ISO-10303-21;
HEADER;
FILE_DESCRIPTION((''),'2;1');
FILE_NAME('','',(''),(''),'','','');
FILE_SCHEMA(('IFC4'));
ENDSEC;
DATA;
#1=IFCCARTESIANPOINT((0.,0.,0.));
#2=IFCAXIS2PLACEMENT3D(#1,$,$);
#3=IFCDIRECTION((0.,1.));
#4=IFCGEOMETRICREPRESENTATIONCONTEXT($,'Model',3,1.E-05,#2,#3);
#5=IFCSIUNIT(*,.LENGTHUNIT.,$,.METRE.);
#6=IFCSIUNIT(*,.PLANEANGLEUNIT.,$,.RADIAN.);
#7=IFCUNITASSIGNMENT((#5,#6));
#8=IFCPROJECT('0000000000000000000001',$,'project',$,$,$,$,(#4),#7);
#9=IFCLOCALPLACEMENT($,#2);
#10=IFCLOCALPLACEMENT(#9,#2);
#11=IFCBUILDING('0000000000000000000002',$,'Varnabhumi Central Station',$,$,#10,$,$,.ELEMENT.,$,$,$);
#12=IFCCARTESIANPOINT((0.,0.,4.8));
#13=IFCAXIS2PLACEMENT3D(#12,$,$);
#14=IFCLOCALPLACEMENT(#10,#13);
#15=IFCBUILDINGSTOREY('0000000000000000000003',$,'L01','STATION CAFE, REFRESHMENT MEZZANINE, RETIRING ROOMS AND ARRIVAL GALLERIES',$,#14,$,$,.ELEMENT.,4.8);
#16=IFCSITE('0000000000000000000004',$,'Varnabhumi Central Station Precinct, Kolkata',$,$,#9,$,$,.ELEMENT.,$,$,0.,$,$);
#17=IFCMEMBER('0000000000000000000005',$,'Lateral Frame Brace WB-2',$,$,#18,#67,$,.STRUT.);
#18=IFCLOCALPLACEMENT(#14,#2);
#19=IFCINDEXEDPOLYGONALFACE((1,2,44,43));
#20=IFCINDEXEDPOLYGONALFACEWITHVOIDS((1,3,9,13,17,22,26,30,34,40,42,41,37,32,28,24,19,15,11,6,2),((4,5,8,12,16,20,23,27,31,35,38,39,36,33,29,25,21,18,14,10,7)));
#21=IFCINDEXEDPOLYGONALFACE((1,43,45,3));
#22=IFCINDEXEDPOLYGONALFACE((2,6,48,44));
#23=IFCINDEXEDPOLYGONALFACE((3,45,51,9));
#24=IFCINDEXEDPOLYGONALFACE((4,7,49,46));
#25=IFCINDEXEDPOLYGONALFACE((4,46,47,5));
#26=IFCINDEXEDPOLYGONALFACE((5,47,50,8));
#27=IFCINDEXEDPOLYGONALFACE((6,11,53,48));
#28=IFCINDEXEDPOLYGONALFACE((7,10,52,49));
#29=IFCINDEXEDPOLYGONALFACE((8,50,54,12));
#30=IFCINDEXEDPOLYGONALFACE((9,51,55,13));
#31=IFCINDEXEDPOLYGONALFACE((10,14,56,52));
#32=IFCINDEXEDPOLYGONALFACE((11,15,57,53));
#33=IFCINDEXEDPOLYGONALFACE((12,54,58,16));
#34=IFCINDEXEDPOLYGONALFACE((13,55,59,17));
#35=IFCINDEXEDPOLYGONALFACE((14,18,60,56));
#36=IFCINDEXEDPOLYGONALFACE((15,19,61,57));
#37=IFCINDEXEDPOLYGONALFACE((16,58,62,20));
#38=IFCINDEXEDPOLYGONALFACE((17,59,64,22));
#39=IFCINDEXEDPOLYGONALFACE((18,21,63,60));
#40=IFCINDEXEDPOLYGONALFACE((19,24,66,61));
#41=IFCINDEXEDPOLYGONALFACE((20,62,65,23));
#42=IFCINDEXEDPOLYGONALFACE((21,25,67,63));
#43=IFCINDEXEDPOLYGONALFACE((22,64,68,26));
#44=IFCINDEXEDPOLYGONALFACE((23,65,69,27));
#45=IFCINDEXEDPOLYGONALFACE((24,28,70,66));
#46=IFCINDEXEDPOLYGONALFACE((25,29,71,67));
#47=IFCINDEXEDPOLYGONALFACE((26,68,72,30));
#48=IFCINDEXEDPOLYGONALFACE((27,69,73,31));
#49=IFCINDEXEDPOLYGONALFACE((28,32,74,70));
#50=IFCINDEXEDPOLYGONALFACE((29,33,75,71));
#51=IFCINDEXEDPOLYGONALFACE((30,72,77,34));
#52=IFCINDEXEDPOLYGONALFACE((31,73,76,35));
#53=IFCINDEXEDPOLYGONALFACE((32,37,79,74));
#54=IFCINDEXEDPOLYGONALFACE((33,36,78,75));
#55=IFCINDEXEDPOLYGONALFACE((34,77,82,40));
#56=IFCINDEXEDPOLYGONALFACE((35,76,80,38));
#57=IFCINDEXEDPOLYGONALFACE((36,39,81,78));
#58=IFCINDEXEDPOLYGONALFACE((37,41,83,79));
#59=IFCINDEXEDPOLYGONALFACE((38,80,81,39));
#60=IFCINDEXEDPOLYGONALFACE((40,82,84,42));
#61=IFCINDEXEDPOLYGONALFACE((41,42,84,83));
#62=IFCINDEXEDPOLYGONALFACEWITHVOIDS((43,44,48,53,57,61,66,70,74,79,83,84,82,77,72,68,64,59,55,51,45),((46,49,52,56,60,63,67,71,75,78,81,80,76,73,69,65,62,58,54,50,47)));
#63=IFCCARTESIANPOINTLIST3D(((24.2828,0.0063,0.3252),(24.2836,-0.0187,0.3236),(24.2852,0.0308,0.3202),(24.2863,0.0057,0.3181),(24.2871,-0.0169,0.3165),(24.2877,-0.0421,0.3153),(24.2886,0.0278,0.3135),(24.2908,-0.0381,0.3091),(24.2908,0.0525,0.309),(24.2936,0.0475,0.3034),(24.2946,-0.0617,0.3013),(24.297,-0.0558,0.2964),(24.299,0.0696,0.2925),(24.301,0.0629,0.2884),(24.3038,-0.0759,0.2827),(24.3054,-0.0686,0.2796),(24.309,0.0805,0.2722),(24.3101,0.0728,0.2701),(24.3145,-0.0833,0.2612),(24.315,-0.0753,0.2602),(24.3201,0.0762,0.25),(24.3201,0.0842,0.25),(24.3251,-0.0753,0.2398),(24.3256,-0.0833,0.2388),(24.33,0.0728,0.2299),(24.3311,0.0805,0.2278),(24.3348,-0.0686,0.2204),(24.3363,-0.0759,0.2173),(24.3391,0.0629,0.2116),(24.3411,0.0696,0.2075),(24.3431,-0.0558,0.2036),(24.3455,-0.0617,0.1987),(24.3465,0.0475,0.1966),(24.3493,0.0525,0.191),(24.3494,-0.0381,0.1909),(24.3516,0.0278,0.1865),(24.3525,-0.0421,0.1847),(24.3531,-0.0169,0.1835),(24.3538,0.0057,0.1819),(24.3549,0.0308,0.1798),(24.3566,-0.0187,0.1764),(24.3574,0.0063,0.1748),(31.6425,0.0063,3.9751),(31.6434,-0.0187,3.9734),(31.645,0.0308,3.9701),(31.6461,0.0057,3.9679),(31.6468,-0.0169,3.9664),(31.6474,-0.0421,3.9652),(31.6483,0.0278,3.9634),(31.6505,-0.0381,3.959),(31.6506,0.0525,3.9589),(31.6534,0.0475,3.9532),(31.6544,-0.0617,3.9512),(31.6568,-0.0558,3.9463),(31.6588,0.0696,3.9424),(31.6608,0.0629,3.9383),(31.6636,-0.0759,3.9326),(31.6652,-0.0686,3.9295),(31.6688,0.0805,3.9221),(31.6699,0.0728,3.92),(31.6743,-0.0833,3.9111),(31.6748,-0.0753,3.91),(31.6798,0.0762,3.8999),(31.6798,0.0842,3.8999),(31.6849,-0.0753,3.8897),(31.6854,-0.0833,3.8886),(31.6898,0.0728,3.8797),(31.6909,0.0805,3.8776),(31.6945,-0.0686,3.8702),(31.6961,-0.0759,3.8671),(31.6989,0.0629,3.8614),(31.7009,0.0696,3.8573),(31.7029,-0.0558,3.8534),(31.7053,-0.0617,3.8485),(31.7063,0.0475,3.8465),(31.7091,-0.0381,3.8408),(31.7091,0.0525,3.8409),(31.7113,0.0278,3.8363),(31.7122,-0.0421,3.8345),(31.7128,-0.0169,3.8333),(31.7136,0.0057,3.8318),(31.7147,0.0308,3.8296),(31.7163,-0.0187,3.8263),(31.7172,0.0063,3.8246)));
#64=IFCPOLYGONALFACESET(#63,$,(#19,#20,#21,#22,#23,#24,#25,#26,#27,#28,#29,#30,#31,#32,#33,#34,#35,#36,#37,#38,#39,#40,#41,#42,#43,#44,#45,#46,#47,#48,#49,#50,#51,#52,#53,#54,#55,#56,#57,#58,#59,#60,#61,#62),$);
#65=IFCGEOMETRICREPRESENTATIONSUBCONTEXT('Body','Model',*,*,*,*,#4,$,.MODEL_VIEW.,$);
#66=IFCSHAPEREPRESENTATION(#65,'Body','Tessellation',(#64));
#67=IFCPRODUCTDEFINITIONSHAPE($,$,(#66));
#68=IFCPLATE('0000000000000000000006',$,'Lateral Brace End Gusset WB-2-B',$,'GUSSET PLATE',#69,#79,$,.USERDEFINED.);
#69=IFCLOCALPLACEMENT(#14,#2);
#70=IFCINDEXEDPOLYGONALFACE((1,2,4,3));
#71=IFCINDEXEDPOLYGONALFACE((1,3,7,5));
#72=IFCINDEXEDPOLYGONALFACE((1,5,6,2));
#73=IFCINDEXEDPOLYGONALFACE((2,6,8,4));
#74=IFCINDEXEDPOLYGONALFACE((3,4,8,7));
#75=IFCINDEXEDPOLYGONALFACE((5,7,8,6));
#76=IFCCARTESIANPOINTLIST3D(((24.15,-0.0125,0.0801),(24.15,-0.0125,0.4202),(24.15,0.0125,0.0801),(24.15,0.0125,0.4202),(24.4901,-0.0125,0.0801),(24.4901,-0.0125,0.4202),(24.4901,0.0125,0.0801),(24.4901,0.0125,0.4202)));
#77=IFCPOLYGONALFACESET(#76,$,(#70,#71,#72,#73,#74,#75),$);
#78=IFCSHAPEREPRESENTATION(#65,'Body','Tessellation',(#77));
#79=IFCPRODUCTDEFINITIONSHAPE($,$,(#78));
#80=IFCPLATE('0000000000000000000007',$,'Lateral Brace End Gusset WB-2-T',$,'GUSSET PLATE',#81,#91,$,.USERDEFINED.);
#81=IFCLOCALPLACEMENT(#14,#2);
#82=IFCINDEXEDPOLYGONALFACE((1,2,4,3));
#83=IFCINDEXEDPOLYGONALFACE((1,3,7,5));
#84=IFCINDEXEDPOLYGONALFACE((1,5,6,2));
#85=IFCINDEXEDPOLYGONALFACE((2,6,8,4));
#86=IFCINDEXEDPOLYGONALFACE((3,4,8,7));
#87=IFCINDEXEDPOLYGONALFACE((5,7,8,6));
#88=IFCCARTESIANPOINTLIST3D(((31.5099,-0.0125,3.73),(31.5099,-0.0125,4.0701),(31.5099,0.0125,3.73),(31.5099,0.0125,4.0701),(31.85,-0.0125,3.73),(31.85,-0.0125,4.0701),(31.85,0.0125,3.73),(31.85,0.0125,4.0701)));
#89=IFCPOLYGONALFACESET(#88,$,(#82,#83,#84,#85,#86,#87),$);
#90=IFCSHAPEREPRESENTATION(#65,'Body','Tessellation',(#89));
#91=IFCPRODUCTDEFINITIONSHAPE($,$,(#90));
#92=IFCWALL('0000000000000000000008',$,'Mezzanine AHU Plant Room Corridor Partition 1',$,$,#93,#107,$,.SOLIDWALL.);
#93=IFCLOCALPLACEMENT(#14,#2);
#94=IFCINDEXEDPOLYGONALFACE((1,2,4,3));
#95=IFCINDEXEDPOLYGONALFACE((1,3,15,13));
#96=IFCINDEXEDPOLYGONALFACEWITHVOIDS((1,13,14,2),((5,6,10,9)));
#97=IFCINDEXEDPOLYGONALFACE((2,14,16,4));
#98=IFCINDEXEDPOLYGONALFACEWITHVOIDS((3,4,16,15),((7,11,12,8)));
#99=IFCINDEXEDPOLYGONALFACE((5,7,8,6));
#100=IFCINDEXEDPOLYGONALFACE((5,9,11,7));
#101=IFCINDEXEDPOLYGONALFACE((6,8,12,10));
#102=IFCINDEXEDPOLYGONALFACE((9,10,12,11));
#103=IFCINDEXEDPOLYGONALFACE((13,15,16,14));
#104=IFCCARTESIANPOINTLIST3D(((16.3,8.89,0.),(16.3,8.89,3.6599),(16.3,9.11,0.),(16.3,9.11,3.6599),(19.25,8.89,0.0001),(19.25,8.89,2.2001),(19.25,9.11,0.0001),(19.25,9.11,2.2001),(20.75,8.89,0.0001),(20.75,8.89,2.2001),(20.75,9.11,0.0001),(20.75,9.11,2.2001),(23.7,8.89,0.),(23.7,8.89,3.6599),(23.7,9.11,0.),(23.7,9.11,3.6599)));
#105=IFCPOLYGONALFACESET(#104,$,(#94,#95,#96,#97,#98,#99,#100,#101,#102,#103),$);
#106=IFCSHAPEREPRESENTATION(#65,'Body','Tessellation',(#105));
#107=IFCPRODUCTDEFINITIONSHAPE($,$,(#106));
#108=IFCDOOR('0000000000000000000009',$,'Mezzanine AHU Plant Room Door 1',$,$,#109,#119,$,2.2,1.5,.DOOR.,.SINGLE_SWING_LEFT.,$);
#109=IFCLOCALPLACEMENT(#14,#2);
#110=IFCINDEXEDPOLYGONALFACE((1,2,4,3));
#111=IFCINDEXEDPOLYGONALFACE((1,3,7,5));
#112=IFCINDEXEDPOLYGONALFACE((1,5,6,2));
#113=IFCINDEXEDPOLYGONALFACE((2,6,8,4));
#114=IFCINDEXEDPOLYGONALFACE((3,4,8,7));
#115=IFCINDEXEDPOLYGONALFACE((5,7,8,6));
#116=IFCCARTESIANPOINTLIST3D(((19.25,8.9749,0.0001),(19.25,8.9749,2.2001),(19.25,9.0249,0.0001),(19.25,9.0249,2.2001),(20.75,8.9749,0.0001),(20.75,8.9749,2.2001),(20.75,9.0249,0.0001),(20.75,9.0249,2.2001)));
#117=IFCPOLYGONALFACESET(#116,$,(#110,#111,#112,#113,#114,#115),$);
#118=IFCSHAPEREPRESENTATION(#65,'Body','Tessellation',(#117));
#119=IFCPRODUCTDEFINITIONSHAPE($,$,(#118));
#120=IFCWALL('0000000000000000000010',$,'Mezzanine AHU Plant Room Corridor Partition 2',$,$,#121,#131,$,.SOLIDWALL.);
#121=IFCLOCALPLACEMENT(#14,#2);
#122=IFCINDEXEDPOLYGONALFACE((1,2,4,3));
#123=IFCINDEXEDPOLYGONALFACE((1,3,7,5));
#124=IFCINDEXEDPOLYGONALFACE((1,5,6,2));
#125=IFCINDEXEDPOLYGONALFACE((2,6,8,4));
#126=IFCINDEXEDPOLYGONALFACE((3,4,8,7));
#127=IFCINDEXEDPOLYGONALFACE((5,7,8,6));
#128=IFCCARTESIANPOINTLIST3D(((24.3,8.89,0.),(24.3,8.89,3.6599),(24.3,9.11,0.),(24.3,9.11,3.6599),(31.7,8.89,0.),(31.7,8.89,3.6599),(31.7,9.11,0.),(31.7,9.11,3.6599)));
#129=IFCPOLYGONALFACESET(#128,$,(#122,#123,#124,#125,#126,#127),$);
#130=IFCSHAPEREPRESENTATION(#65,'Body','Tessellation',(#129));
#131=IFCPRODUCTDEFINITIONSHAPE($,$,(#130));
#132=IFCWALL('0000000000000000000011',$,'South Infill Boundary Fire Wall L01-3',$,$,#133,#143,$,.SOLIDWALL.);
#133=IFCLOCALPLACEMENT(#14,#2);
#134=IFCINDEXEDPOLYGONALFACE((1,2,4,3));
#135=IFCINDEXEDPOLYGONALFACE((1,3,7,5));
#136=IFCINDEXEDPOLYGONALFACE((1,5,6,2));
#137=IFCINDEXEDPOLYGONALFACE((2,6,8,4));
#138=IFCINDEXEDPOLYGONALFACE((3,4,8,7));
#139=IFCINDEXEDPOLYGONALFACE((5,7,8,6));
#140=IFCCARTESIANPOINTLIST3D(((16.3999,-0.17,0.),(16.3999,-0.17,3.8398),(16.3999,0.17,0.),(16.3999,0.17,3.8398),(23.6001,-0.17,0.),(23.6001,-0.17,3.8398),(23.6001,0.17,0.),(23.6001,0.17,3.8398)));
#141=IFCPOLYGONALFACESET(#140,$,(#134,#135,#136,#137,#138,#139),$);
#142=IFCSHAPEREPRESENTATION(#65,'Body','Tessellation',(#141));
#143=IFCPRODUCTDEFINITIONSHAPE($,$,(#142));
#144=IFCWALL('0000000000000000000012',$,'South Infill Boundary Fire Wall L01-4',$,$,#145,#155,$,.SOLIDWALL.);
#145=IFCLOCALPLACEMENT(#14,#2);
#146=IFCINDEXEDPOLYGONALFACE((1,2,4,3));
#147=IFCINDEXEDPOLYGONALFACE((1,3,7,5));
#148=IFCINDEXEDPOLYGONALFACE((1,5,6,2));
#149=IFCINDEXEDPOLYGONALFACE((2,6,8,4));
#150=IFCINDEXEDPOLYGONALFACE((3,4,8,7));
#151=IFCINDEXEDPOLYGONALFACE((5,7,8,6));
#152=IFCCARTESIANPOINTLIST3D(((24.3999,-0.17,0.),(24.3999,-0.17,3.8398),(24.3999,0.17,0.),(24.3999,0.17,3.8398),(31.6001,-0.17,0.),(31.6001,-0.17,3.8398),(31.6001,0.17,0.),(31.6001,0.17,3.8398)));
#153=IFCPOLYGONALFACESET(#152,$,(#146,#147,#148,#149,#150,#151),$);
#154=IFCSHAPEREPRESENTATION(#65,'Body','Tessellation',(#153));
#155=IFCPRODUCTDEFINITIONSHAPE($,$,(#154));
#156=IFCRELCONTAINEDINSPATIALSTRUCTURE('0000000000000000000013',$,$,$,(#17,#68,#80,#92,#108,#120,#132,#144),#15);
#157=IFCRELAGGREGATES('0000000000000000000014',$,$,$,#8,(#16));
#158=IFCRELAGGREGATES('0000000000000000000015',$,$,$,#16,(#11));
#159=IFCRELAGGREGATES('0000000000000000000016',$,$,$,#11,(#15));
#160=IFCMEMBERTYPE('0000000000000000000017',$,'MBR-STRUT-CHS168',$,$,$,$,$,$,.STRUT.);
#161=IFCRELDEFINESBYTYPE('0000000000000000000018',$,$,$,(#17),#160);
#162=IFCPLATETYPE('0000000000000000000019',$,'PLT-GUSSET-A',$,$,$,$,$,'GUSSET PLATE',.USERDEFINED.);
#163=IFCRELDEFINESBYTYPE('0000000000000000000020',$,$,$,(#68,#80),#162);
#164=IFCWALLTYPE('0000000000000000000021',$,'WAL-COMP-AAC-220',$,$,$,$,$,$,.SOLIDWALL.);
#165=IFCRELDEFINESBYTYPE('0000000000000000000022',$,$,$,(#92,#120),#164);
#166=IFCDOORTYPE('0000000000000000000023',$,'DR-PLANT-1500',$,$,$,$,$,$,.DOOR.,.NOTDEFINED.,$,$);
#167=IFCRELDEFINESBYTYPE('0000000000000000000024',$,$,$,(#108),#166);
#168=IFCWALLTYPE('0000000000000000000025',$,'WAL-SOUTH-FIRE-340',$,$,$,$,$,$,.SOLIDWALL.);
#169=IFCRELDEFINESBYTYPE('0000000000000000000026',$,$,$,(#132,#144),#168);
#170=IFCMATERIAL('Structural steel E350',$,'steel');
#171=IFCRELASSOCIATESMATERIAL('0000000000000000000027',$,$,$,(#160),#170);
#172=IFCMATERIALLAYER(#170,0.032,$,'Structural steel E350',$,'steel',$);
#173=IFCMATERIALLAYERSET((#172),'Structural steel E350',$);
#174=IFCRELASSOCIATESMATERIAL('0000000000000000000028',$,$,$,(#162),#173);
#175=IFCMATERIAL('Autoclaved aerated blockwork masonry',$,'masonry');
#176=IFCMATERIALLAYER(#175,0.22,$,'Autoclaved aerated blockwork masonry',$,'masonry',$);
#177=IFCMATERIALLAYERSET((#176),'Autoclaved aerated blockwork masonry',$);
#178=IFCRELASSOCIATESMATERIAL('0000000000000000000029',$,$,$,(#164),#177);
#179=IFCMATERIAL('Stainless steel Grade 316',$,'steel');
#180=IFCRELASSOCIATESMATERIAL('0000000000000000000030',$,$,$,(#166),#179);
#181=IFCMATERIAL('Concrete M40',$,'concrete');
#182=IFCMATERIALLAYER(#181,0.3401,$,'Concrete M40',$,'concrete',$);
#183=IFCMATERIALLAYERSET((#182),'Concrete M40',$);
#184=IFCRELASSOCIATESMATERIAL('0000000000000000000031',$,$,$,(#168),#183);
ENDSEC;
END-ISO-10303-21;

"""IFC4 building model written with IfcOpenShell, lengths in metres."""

from ifc_helpers import new_model, si_unit, direction, frame, frame_2d, origin, origin_2d, place, context, subcontext, project, spatial, rectangle, hollow_circle, extrude, material, layer, layer_set, material_profile, profile_set, type_object, element, fill, save


model = new_model("IFC4")

# Units and contexts
model_context = context("Model", 3, precision=1e-05, world=origin(), true_north=direction((0.0, 1.0)))
body_context = subcontext(model_context, "Body", "Model", "MODEL_VIEW")
ifc_project = project(units=[si_unit("LENGTHUNIT", "METRE"), si_unit("PLANEANGLEUNIT", "RADIAN")], contexts=[model_context])

# Site, building, storey
site_placement = place(None, origin())
site = spatial("IfcSite", under=ifc_project, at=site_placement, Name="Varnabhumi Central Station Precinct, Kolkata", CompositionType="ELEMENT", RefElevation=0.0)
building_placement = place(site_placement, origin())
building = spatial("IfcBuilding", under=site, at=building_placement, Name="Varnabhumi Central Station", CompositionType="ELEMENT")
storey_placement = place(building_placement, frame((0.0, 0.0, 4.8)))
storey = spatial("IfcBuildingStorey", under=building, at=storey_placement, Name="L01", Description="STATION CAFE, REFRESHMENT MEZZANINE, RETIRING ROOMS AND ARRIVAL GALLERIES", CompositionType="ELEMENT", Elevation=4.8)

# Shared definitions
ifc_material_1 = material(Name="Concrete M40", Category="concrete")

# Member
ifc_material_2 = material(Name="Structural steel E350", Category="steel")
ifc_material_profile_1 = material_profile(ifc_material_2, hollow_circle(Radius=0.0842, WallThickness=0.0081, at=origin_2d()), Name="Structural steel E350", Category="steel")
ifc_profile_set_1 = profile_set([ifc_material_profile_1], Name="Structural steel E350")
member_type = type_object("IfcMemberType", Name="MBR-STRUT-CHS168", PredefinedType="STRUT", material=ifc_profile_set_1)
member_placement = place(storey_placement, frame((24.3201, 0.0, 0.25), z_axis=(0.895885, 0.0, 0.444287), x_axis=(0.0, 1.0, 0.0)))
element("IfcMember", 1, at=member_placement, inside=storey, type_object=member_type, Name="Lateral Frame Brace WB-2", PredefinedType="STRUT", context=body_context, shape_type="SweptSolid", body=[
    extrude(hollow_circle(Radius=0.0842, WallThickness=0.0081, at=origin_2d()), origin(), (0.0, 0.0, 1.0), 8.2151),
])

# Plates
ifc_layer_1 = layer(ifc_material_2, 0.032, Name="Structural steel E350", Category="steel")
ifc_layer_set_1 = layer_set([ifc_layer_1], Name="Structural steel E350")
plate_type = type_object("IfcPlateType", Name="PLT-GUSSET-A", ElementType="GUSSET PLATE", PredefinedType="USERDEFINED", material=ifc_layer_set_1)
for number, where, z_axis, x_axis, name in (
    (2, (24.3201, 0.0, 0.0801), (0.0, 0.0, 1.0), (1.0, 0.0, 0.0), "Lateral Brace End Gusset WB-2-B"),
    (3, (31.6799, 0.0, 3.73), (0.0, 0.0, 1.0), (1.0, 0.0, 0.0), "Lateral Brace End Gusset WB-2-T"),
):
    element("IfcPlate", number, at=place(storey_placement, frame(where, z_axis=z_axis, x_axis=x_axis)), inside=storey, type_object=plate_type, Name=name, ObjectType="GUSSET PLATE", PredefinedType="USERDEFINED", context=body_context, shape_type="SweptSolid", body=[
        extrude(rectangle(XDim=0.3401, YDim=0.0249, at=origin_2d()), origin(), (0.0, 0.0, 1.0), 0.3401),
    ])

# Wall, opening, door
ifc_material_3 = material(Name="Autoclaved aerated blockwork masonry", Category="masonry")
ifc_layer_2 = layer(ifc_material_3, 0.22, Name="Autoclaved aerated blockwork masonry", Category="masonry")
ifc_layer_set_2 = layer_set([ifc_layer_2], Name="Autoclaved aerated blockwork masonry")
wall_type_1 = type_object("IfcWallType", Name="WAL-COMP-AAC-220", PredefinedType="SOLIDWALL", material=ifc_layer_set_2)
wall_1_placement = place(storey_placement, frame((16.3, 9.0, 0.0), z_axis=(0.0, 0.0, 1.0), x_axis=(1.0, 0.0, 0.0)))
wall_1 = element("IfcWall", 4, at=wall_1_placement, inside=storey, type_object=wall_type_1, Name="Mezzanine AHU Plant Room Corridor Partition 1", PredefinedType="SOLIDWALL", context=body_context, shape_type="SweptSolid", body=[
    extrude(rectangle(XDim=7.3999, YDim=0.22, at=frame_2d((3.7, 0.0))), origin(), (0.0, 0.0, 1.0), 3.6599),
])
opening_placement = place(wall_1_placement, frame((2.95, 0.0, 0.0)))
opening = element("IfcOpeningElement", 5, at=opening_placement, cuts=wall_1, PredefinedType="OPENING", context=body_context, shape_type="SweptSolid", body=[
    extrude(rectangle(XDim=1.5, YDim=2.2, at=frame_2d((0.75, 1.1001))), frame((0.0, 0.1199, 0.0), z_axis=(0.0, -1.0, 0.0), x_axis=(1.0, 0.0, 0.0)), (0.0, 0.0, 1.0), 0.24),
])
ifc_material_4 = material(Name="Stainless steel Grade 316", Category="steel")
door_type = type_object("IfcDoorType", Name="DR-PLANT-1500", OperationType="NOTDEFINED", PredefinedType="DOOR", material=ifc_material_4)
door_placement = place(opening_placement, origin())
door = element("IfcDoor", 6, at=door_placement, inside=storey, type_object=door_type, Name="Mezzanine AHU Plant Room Door 1", OperationType="SINGLE_SWING_LEFT", OverallHeight=2.2, OverallWidth=1.5, PredefinedType="DOOR", context=body_context, shape_type="SweptSolid", body=[
    extrude(rectangle(XDim=1.5, YDim=2.2, at=frame_2d((0.75, 1.1001))), frame((0.0, 0.0249, 0.0), z_axis=(0.0, -1.0, 0.0), x_axis=(1.0, 0.0, 0.0)), (0.0, 0.0, 1.0), 0.05),
])
fill(opening, door)

# Walls
wall_2_placement = place(storey_placement, frame((24.3, 9.0, 0.0), z_axis=(0.0, 0.0, 1.0), x_axis=(1.0, 0.0, 0.0)))
element("IfcWall", 7, at=wall_2_placement, inside=storey, type_object=wall_type_1, Name="Mezzanine AHU Plant Room Corridor Partition 2", PredefinedType="SOLIDWALL", context=body_context, shape_type="SweptSolid", body=[
    extrude(rectangle(XDim=7.3999, YDim=0.22, at=frame_2d((3.7, 0.0))), origin(), (0.0, 0.0, 1.0), 3.6599),
])
ifc_layer_3 = layer(ifc_material_1, 0.3401, Name="Concrete M40", Category="concrete")
ifc_layer_set_3 = layer_set([ifc_layer_3], Name="Concrete M40")
wall_type_2 = type_object("IfcWallType", Name="WAL-SOUTH-FIRE-340", PredefinedType="SOLIDWALL", material=ifc_layer_set_3)
for number, where, z_axis, x_axis, name in (
    (8, (16.3999, 0.0, 0.0), (0.0, 0.0, 1.0), (1.0, 0.0, 0.0), "South Infill Boundary Fire Wall L01-3"),
    (9, (24.3999, 0.0, 0.0), (0.0, 0.0, 1.0), (1.0, 0.0, 0.0), "South Infill Boundary Fire Wall L01-4"),
):
    element("IfcWall", number, at=place(storey_placement, frame(where, z_axis=z_axis, x_axis=x_axis)), inside=storey, type_object=wall_type_2, Name=name, PredefinedType="SOLIDWALL", context=body_context, shape_type="SweptSolid", body=[
        extrude(rectangle(XDim=7.2002, YDim=0.3401, at=frame_2d((3.6001, 0.0))), origin(), (0.0, 0.0, 1.0), 3.8398),
    ])

save(model, "model.ifc")
